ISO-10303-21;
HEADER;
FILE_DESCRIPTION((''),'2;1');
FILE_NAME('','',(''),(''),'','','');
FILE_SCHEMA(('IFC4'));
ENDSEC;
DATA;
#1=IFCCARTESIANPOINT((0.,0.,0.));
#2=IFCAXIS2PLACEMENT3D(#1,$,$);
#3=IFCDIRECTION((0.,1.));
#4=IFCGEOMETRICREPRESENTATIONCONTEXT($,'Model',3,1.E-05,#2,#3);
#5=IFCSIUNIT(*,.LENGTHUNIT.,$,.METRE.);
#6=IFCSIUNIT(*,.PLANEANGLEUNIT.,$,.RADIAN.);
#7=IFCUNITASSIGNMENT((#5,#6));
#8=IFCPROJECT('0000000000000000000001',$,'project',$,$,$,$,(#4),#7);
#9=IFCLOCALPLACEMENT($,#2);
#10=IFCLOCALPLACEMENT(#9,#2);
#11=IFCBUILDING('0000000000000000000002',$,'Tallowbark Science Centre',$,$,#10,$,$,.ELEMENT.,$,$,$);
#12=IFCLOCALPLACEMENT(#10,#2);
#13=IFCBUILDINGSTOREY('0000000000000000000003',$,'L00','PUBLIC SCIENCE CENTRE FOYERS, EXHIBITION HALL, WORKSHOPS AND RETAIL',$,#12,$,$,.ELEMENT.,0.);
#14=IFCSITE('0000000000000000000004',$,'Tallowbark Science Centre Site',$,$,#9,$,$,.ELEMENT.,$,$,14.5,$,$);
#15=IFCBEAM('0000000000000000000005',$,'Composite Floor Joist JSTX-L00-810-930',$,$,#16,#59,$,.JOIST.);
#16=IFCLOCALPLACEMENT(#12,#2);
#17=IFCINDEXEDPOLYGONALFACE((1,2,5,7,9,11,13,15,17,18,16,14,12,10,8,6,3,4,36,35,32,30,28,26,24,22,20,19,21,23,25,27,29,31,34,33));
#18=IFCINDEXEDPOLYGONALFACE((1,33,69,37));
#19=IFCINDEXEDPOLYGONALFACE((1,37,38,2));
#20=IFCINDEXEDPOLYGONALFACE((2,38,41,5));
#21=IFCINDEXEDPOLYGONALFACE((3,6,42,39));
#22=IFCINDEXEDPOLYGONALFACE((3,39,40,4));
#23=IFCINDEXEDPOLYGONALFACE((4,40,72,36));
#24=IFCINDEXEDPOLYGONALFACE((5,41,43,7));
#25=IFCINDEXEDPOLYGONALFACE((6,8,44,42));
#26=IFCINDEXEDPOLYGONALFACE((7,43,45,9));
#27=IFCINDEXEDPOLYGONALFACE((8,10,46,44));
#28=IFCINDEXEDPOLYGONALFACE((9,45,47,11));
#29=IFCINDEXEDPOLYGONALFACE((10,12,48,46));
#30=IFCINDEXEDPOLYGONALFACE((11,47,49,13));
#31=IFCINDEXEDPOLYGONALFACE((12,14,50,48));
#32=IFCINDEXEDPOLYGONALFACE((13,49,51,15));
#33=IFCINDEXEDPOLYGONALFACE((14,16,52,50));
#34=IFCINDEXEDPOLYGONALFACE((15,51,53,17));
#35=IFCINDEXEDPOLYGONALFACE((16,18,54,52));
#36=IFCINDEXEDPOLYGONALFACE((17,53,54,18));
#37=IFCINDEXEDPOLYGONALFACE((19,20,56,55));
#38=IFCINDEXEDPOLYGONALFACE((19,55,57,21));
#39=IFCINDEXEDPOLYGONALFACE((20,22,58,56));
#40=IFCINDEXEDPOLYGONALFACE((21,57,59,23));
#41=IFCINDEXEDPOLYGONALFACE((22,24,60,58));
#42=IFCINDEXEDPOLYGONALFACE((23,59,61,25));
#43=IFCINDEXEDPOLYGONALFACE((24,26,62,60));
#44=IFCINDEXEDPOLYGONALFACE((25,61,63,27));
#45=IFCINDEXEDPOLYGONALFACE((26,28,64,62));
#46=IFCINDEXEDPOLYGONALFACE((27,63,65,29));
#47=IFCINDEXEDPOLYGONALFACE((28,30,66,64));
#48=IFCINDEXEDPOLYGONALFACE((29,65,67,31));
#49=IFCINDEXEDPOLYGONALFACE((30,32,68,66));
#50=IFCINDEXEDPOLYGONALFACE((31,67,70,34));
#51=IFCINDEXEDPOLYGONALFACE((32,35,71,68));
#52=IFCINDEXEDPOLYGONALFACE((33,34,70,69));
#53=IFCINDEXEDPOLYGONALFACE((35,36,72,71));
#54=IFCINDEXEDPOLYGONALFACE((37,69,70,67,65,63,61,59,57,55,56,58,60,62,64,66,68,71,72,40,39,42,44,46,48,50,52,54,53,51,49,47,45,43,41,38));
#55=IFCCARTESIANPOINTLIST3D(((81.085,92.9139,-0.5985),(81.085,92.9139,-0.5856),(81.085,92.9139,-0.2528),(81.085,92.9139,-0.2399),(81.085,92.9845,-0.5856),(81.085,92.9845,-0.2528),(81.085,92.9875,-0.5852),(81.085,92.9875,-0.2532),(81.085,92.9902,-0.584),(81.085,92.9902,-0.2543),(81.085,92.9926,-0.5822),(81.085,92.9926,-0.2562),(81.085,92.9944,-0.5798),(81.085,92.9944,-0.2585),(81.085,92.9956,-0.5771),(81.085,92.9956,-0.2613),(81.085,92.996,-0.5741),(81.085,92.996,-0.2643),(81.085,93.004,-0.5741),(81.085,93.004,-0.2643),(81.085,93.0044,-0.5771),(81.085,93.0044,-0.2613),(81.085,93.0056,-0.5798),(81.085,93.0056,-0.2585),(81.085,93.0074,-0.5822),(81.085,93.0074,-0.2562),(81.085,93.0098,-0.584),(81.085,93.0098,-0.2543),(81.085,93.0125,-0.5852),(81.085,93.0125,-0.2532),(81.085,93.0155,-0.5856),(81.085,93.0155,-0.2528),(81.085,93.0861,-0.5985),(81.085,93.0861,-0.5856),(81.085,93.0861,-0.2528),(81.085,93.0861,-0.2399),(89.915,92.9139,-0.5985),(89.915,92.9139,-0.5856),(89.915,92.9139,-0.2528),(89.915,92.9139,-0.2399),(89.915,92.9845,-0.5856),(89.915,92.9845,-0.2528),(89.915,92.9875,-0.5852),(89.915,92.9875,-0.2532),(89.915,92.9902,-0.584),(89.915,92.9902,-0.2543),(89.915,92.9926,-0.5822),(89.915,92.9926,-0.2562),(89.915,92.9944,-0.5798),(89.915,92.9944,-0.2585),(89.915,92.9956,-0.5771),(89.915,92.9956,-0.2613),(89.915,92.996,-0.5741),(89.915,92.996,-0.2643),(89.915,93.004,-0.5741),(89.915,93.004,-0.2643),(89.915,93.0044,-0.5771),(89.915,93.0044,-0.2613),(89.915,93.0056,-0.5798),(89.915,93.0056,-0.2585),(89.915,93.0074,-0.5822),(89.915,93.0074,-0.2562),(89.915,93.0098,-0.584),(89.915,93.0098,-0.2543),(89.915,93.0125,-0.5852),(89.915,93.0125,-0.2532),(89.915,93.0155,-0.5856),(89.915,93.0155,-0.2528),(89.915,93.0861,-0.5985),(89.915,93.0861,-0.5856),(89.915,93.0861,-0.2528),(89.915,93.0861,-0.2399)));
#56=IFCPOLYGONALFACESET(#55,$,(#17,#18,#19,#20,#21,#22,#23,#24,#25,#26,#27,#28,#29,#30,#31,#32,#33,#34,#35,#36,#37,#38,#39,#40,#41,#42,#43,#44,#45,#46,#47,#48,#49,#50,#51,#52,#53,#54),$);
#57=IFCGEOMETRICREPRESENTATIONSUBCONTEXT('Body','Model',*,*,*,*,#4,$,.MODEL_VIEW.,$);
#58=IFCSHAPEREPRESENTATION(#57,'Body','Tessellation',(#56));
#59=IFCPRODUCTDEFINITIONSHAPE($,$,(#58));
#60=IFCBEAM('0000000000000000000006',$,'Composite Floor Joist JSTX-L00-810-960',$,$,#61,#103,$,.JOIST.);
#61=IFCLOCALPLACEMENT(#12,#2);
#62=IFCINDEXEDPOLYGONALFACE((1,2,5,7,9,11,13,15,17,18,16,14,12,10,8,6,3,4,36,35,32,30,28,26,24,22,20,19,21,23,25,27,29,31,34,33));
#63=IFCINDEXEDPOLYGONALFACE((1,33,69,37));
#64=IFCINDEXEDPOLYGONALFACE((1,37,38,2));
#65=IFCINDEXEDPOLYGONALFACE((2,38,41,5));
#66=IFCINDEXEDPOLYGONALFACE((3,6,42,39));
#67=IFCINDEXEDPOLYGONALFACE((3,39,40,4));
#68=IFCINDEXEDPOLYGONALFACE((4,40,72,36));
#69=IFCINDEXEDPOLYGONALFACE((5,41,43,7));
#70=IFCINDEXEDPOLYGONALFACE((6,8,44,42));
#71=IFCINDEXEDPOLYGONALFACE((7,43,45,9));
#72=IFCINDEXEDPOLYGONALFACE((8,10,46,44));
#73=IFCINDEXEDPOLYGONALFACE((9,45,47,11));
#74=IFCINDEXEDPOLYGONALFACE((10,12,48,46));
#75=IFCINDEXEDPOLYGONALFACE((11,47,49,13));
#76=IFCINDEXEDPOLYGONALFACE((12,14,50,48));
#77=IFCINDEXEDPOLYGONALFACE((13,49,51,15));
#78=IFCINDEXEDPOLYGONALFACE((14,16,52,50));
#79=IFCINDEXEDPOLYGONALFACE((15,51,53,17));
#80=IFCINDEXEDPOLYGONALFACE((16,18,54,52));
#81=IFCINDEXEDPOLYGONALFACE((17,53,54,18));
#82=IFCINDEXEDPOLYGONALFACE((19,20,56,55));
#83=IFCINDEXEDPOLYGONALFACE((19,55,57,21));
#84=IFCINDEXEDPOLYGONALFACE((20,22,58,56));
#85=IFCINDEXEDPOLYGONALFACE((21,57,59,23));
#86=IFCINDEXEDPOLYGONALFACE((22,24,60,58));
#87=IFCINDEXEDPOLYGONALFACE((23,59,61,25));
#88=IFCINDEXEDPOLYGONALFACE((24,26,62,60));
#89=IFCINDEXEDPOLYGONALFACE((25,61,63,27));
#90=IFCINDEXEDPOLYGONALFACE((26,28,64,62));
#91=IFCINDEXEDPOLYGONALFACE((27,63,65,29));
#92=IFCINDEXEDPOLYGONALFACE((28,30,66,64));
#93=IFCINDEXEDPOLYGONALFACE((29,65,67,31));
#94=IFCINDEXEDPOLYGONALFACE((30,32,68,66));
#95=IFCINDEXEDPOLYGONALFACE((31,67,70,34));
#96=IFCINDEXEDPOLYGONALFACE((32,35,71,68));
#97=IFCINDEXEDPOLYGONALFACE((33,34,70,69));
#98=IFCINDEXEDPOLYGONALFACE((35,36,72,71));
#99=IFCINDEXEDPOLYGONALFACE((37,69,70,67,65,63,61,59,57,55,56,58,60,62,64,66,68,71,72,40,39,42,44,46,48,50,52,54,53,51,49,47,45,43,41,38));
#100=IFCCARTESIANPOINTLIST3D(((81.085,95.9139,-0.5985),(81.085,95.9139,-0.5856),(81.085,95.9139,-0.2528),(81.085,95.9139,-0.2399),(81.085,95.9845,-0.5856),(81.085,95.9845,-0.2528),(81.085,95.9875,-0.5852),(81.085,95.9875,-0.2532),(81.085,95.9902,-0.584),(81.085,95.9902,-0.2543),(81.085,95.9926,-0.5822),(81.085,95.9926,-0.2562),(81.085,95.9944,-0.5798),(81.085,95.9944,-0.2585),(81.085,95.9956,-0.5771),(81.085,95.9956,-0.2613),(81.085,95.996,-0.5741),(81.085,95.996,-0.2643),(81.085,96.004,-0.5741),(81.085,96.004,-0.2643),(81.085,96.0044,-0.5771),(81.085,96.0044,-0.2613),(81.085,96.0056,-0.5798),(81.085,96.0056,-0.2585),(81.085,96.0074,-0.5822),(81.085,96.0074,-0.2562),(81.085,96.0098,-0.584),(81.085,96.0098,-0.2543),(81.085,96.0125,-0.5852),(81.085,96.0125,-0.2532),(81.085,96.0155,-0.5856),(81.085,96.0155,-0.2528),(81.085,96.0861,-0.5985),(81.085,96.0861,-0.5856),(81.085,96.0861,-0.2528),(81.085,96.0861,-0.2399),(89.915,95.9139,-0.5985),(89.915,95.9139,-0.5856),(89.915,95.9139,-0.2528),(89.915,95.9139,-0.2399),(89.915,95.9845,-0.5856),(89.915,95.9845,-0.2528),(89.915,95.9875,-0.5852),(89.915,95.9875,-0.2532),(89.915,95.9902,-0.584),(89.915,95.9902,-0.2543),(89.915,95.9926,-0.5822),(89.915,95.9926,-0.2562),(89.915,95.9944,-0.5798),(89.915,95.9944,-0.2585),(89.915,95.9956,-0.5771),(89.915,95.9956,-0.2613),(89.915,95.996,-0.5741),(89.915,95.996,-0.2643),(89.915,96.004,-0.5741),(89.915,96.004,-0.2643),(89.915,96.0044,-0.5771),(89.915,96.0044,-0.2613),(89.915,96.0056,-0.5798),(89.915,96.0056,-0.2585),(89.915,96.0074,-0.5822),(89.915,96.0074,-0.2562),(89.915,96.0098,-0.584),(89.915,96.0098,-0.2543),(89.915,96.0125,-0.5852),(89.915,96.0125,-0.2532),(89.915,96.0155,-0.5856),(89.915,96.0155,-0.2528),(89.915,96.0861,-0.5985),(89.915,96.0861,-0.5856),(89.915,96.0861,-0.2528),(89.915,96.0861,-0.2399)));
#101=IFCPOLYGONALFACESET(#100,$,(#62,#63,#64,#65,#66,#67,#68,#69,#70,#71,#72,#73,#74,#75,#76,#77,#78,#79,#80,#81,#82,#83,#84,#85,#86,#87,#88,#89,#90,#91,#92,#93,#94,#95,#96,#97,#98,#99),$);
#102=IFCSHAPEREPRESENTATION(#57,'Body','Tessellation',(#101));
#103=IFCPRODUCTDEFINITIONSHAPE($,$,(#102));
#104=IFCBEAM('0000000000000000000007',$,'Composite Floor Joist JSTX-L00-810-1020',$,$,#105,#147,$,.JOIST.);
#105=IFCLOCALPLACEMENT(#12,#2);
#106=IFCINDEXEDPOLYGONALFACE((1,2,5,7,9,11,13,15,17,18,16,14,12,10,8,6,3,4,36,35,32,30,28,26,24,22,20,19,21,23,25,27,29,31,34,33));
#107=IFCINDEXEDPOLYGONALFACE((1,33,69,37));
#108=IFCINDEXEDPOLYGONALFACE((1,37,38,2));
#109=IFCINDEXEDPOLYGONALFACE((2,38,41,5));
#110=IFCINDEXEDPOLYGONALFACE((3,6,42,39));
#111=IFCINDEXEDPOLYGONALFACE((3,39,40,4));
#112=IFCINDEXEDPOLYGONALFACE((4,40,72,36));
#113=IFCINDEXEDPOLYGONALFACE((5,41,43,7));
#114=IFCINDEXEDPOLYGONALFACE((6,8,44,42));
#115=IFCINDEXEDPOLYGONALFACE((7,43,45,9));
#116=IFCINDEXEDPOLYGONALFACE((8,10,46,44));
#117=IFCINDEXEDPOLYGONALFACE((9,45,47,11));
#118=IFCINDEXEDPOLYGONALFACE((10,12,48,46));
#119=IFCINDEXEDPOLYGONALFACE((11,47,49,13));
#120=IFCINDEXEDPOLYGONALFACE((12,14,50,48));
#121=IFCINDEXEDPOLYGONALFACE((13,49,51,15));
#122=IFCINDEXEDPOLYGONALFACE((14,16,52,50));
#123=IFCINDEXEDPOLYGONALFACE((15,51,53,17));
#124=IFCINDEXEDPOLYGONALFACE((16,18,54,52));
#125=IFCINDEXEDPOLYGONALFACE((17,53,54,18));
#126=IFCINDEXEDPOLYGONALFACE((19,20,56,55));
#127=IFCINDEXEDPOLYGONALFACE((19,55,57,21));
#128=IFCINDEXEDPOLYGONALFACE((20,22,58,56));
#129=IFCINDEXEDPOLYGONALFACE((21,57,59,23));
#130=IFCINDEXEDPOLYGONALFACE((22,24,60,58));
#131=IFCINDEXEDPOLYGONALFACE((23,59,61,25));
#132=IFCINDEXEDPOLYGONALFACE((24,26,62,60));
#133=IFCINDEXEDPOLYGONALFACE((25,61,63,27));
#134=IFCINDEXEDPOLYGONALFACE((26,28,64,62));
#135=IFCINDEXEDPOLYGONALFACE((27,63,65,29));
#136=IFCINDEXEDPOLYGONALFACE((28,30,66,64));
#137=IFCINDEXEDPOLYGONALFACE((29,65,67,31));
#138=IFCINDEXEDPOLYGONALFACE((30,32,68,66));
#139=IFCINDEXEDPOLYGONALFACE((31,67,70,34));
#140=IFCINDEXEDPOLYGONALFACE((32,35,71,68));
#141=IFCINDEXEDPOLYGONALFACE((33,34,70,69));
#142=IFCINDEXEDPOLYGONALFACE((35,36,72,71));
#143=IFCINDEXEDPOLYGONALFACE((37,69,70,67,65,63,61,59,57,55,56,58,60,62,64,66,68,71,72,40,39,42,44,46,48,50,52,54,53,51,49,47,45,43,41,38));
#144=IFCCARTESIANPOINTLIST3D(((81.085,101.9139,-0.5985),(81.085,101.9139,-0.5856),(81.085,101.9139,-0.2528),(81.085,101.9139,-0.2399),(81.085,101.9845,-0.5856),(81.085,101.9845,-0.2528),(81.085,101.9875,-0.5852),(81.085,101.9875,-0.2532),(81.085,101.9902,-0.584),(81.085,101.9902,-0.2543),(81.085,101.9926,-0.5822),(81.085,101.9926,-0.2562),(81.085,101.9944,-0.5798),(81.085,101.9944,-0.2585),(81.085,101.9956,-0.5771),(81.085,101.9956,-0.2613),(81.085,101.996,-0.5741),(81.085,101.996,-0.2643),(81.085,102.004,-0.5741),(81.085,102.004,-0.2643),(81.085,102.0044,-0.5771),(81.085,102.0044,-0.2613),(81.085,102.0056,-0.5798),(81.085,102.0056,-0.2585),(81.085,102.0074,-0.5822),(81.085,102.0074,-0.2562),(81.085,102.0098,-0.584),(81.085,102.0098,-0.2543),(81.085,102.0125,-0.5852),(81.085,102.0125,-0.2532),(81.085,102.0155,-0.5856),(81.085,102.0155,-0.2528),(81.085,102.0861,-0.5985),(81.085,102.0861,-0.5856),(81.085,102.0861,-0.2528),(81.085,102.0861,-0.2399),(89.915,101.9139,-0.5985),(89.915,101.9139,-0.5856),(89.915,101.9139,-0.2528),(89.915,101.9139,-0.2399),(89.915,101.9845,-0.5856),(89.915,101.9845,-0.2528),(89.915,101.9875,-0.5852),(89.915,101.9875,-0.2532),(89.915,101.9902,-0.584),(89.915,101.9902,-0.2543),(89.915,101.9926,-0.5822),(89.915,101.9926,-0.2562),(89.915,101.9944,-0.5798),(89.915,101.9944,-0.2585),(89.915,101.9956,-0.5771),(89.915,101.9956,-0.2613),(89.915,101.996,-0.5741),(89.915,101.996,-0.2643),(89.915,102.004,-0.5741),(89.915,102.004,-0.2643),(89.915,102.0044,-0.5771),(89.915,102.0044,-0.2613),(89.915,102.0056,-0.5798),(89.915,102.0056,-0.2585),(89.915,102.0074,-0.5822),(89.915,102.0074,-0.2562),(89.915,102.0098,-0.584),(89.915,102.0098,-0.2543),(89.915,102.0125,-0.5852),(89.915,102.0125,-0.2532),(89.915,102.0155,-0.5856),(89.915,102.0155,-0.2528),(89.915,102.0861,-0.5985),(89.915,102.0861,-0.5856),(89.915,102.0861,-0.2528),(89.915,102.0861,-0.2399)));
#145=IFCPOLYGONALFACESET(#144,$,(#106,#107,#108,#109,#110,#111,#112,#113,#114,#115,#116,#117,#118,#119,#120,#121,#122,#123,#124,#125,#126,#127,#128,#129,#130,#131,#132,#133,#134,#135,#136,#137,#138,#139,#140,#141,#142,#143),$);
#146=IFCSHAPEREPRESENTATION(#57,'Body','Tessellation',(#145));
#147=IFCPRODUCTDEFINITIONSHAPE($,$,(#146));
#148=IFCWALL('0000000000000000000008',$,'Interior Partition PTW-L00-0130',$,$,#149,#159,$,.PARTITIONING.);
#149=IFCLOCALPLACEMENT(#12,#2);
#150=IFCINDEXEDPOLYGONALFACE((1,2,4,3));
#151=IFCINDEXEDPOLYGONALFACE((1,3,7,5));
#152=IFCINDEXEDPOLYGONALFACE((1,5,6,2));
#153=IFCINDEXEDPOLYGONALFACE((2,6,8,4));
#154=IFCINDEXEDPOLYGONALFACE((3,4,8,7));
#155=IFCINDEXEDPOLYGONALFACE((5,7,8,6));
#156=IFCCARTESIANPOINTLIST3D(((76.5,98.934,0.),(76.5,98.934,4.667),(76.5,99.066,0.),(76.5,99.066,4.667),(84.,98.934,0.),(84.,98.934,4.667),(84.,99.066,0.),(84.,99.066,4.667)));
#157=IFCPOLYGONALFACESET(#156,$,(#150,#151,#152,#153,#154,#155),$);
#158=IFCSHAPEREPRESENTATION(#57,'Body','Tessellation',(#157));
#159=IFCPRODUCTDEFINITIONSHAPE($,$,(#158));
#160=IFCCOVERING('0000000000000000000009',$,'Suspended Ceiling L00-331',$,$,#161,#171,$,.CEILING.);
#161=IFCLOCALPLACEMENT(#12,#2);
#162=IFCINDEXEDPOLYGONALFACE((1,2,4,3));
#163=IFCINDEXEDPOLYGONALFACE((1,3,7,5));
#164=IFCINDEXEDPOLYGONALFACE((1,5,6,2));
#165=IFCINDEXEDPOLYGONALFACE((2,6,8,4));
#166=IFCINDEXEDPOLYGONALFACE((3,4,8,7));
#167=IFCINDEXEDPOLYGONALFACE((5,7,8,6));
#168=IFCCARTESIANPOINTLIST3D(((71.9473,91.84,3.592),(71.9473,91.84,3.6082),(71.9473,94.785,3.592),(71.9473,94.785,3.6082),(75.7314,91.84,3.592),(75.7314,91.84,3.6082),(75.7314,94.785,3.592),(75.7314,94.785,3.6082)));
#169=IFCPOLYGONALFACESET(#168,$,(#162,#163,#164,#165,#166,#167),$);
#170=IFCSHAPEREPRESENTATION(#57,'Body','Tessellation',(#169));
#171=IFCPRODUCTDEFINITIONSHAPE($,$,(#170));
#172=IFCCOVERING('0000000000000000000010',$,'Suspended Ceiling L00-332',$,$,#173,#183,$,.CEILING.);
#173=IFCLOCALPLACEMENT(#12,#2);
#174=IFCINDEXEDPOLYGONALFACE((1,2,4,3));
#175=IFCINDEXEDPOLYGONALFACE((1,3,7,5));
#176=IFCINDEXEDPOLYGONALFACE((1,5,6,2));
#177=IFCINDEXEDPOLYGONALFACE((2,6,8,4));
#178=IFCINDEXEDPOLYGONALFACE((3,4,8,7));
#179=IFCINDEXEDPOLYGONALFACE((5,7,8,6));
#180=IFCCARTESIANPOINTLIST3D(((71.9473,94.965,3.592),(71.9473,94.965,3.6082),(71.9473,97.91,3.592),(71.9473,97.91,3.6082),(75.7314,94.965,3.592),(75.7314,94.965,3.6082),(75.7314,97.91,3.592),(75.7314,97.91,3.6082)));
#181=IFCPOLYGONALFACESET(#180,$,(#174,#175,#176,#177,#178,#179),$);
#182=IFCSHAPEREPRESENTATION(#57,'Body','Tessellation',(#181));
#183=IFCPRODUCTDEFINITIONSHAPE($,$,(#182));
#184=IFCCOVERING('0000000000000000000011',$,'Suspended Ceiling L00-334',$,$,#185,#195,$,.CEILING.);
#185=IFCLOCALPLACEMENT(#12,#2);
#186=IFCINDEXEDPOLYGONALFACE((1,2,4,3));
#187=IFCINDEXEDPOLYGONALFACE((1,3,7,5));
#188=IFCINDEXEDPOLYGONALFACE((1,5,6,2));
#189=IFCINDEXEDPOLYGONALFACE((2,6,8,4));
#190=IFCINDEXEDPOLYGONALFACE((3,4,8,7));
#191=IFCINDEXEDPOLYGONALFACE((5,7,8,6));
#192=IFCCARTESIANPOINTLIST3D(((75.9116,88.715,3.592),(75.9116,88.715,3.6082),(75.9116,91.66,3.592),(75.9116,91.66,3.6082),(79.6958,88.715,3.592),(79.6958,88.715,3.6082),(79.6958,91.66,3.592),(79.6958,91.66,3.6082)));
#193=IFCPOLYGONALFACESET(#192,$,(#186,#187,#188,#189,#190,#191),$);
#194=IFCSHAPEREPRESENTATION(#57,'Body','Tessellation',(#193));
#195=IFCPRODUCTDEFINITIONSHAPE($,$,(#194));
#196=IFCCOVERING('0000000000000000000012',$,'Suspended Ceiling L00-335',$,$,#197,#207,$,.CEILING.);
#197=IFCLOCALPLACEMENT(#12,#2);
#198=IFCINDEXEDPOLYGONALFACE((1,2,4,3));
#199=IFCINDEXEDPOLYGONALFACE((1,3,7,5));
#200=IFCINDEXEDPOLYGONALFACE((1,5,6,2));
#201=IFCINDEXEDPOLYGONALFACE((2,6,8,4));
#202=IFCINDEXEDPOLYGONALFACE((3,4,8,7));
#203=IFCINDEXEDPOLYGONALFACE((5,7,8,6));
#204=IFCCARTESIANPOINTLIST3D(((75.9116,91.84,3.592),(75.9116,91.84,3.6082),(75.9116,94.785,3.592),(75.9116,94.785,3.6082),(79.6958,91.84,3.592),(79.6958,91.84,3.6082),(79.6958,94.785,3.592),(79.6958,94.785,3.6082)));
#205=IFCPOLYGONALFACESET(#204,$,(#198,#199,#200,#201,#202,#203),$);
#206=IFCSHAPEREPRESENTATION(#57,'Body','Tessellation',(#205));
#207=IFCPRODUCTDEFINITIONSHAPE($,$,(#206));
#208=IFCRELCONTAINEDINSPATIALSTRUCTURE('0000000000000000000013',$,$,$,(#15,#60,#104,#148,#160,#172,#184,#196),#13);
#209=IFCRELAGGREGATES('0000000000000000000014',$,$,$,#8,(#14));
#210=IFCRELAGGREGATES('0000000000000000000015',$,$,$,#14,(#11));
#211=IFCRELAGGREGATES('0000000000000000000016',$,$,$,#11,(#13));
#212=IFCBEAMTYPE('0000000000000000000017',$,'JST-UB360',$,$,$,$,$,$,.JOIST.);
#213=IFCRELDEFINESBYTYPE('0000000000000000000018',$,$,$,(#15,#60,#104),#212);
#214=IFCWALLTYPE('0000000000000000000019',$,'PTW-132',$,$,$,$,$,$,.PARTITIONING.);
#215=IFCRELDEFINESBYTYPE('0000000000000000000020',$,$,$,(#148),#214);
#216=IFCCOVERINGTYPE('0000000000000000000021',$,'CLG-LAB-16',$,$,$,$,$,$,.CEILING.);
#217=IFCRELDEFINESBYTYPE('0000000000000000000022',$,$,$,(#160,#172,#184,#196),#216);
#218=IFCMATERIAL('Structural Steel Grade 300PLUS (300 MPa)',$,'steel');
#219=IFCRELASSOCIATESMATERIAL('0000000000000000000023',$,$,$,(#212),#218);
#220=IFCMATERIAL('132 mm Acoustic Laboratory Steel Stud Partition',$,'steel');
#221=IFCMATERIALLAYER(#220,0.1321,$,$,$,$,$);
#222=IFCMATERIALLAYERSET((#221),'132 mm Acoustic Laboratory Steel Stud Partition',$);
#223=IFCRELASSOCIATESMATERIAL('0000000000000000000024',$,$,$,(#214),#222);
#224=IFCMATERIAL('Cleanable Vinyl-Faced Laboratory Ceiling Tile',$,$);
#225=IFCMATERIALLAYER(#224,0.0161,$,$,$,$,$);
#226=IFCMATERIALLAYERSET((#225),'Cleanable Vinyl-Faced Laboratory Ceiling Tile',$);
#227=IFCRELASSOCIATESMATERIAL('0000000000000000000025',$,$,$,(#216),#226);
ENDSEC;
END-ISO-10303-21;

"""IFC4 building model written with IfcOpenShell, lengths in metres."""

from ifc_helpers import new_model, si_unit, direction, frame, frame_2d, origin, origin_2d, place, context, subcontext, project, spatial, rectangle, i_section, extrude, material, layer, layer_set, material_profile, profile_set, type_object, element, save


model = new_model("IFC4")

# Units and contexts
model_context = context("Model", 3, precision=1e-05, world=origin(), true_north=direction((0.0, 1.0)))
body_context = subcontext(model_context, "Body", "Model", "MODEL_VIEW")
ifc_project = project(units=[si_unit("LENGTHUNIT", "METRE"), si_unit("PLANEANGLEUNIT", "RADIAN")], contexts=[model_context])

# Site, building, storey
site_placement = place(None, origin())
site = spatial("IfcSite", under=ifc_project, at=site_placement, Name="Tallowbark Science Centre Site", CompositionType="ELEMENT", RefElevation=14.5)
building_placement = place(site_placement, origin())
building = spatial("IfcBuilding", under=site, at=building_placement, Name="Tallowbark Science Centre", CompositionType="ELEMENT")
storey_placement = place(building_placement, origin())
storey = spatial("IfcBuildingStorey", under=building, at=storey_placement, Name="L00", Description="PUBLIC SCIENCE CENTRE FOYERS, EXHIBITION HALL, WORKSHOPS AND RETAIL", CompositionType="ELEMENT", Elevation=0.0)

# Shared definitions
ifc_material_1 = material(Name="Structural Steel Grade 300PLUS (300 MPa)", Category="steel")

# Beams
ifc_material_profile_1 = material_profile(ifc_material_1, i_section(OverallWidth=0.1721, OverallDepth=0.3586, WebThickness=0.0081, FlangeThickness=0.0129, FilletRadius=0.0115, at=origin_2d()), Name="360UB56.7")
ifc_profile_set_1 = profile_set([ifc_material_profile_1], Name="Structural Steel Grade 300PLUS (300 MPa)")
beam_type_1 = type_object("IfcBeamType", Name="JST-UB360", PredefinedType="JOIST", material=ifc_profile_set_1)
for number, where, z_axis, x_axis, name in (
    (1, (81.085, 93.0, -0.4192), (1.0, 0.0, 0.0), (0.0, 1.0, 0.0), "Composite Floor Joist JSTX-L00-810-930"),
    (2, (81.085, 96.0, -0.4192), (1.0, 0.0, 0.0), (0.0, 1.0, 0.0), "Composite Floor Joist JSTX-L00-810-960"),
    (3, (81.085, 102.0, -0.4192), (1.0, 0.0, 0.0), (0.0, 1.0, 0.0), "Composite Floor Joist JSTX-L00-810-1020"),
):
    element("IfcBeam", number, at=place(storey_placement, frame(where, z_axis=z_axis, x_axis=x_axis)), inside=storey, type_object=beam_type_1, Name=name, PredefinedType="JOIST", context=body_context, shape_type="SweptSolid", body=[
        extrude(i_section(OverallWidth=0.1721, OverallDepth=0.3586, WebThickness=0.0081, FlangeThickness=0.0129, FilletRadius=0.0115, at=origin_2d()), origin(), (0.0, 0.0, 1.0), 8.8301),
    ])

# Wall
ifc_material_2 = material(Name="132 mm Acoustic Laboratory Steel Stud Partition", Category="steel")
ifc_layer_1 = layer(ifc_material_2, 0.1321)
ifc_layer_set_1 = layer_set([ifc_layer_1], Name="132 mm Acoustic Laboratory Steel Stud Partition")
wall_type = type_object("IfcWallType", Name="PTW-132", PredefinedType="PARTITIONING", material=ifc_layer_set_1)
wall_placement = place(storey_placement, frame((76.5, 99.0, 0.0), z_axis=(0.0, 0.0, 1.0), x_axis=(1.0, 0.0, 0.0)))
element("IfcWall", 4, at=wall_placement, inside=storey, type_object=wall_type, Name="Interior Partition PTW-L00-0130", PredefinedType="PARTITIONING", context=body_context, shape_type="SweptSolid", body=[
    extrude(rectangle(XDim=7.5, YDim=0.1321, at=frame_2d((3.75, 0.0))), origin(), (0.0, 0.0, 1.0), 4.667),
])

# Coverings
ifc_material_3 = material(Name="Cleanable Vinyl-Faced Laboratory Ceiling Tile")
ifc_layer_2 = layer(ifc_material_3, 0.0161)
ifc_layer_set_2 = layer_set([ifc_layer_2], Name="Cleanable Vinyl-Faced Laboratory Ceiling Tile")
covering_type_1 = type_object("IfcCoveringType", Name="CLG-LAB-16", PredefinedType="CEILING", material=ifc_layer_set_2)
for number, where, z_axis, x_axis, name in (
    (5, (73.8394, 93.3125, 3.592), (0.0, 0.0, 1.0), (1.0, 0.0, 0.0), "Suspended Ceiling L00-331"),
    (6, (73.8394, 96.4375, 3.592), (0.0, 0.0, 1.0), (1.0, 0.0, 0.0), "Suspended Ceiling L00-332"),
    (7, (77.8037, 90.1875, 3.592), (0.0, 0.0, 1.0), (1.0, 0.0, 0.0), "Suspended Ceiling L00-334"),
    (8, (77.8037, 93.3125, 3.592), (0.0, 0.0, 1.0), (1.0, 0.0, 0.0), "Suspended Ceiling L00-335"),
):
    element("IfcCovering", number, at=place(storey_placement, frame(where, z_axis=z_axis, x_axis=x_axis)), inside=storey, type_object=covering_type_1, Name=name, PredefinedType="CEILING", context=body_context, shape_type="SweptSolid", body=[
        extrude(rectangle(XDim=3.7842, YDim=2.9451, at=origin_2d()), origin(), (0.0, 0.0, 1.0), 0.0161),
    ])

save(model, "model.ifc")
